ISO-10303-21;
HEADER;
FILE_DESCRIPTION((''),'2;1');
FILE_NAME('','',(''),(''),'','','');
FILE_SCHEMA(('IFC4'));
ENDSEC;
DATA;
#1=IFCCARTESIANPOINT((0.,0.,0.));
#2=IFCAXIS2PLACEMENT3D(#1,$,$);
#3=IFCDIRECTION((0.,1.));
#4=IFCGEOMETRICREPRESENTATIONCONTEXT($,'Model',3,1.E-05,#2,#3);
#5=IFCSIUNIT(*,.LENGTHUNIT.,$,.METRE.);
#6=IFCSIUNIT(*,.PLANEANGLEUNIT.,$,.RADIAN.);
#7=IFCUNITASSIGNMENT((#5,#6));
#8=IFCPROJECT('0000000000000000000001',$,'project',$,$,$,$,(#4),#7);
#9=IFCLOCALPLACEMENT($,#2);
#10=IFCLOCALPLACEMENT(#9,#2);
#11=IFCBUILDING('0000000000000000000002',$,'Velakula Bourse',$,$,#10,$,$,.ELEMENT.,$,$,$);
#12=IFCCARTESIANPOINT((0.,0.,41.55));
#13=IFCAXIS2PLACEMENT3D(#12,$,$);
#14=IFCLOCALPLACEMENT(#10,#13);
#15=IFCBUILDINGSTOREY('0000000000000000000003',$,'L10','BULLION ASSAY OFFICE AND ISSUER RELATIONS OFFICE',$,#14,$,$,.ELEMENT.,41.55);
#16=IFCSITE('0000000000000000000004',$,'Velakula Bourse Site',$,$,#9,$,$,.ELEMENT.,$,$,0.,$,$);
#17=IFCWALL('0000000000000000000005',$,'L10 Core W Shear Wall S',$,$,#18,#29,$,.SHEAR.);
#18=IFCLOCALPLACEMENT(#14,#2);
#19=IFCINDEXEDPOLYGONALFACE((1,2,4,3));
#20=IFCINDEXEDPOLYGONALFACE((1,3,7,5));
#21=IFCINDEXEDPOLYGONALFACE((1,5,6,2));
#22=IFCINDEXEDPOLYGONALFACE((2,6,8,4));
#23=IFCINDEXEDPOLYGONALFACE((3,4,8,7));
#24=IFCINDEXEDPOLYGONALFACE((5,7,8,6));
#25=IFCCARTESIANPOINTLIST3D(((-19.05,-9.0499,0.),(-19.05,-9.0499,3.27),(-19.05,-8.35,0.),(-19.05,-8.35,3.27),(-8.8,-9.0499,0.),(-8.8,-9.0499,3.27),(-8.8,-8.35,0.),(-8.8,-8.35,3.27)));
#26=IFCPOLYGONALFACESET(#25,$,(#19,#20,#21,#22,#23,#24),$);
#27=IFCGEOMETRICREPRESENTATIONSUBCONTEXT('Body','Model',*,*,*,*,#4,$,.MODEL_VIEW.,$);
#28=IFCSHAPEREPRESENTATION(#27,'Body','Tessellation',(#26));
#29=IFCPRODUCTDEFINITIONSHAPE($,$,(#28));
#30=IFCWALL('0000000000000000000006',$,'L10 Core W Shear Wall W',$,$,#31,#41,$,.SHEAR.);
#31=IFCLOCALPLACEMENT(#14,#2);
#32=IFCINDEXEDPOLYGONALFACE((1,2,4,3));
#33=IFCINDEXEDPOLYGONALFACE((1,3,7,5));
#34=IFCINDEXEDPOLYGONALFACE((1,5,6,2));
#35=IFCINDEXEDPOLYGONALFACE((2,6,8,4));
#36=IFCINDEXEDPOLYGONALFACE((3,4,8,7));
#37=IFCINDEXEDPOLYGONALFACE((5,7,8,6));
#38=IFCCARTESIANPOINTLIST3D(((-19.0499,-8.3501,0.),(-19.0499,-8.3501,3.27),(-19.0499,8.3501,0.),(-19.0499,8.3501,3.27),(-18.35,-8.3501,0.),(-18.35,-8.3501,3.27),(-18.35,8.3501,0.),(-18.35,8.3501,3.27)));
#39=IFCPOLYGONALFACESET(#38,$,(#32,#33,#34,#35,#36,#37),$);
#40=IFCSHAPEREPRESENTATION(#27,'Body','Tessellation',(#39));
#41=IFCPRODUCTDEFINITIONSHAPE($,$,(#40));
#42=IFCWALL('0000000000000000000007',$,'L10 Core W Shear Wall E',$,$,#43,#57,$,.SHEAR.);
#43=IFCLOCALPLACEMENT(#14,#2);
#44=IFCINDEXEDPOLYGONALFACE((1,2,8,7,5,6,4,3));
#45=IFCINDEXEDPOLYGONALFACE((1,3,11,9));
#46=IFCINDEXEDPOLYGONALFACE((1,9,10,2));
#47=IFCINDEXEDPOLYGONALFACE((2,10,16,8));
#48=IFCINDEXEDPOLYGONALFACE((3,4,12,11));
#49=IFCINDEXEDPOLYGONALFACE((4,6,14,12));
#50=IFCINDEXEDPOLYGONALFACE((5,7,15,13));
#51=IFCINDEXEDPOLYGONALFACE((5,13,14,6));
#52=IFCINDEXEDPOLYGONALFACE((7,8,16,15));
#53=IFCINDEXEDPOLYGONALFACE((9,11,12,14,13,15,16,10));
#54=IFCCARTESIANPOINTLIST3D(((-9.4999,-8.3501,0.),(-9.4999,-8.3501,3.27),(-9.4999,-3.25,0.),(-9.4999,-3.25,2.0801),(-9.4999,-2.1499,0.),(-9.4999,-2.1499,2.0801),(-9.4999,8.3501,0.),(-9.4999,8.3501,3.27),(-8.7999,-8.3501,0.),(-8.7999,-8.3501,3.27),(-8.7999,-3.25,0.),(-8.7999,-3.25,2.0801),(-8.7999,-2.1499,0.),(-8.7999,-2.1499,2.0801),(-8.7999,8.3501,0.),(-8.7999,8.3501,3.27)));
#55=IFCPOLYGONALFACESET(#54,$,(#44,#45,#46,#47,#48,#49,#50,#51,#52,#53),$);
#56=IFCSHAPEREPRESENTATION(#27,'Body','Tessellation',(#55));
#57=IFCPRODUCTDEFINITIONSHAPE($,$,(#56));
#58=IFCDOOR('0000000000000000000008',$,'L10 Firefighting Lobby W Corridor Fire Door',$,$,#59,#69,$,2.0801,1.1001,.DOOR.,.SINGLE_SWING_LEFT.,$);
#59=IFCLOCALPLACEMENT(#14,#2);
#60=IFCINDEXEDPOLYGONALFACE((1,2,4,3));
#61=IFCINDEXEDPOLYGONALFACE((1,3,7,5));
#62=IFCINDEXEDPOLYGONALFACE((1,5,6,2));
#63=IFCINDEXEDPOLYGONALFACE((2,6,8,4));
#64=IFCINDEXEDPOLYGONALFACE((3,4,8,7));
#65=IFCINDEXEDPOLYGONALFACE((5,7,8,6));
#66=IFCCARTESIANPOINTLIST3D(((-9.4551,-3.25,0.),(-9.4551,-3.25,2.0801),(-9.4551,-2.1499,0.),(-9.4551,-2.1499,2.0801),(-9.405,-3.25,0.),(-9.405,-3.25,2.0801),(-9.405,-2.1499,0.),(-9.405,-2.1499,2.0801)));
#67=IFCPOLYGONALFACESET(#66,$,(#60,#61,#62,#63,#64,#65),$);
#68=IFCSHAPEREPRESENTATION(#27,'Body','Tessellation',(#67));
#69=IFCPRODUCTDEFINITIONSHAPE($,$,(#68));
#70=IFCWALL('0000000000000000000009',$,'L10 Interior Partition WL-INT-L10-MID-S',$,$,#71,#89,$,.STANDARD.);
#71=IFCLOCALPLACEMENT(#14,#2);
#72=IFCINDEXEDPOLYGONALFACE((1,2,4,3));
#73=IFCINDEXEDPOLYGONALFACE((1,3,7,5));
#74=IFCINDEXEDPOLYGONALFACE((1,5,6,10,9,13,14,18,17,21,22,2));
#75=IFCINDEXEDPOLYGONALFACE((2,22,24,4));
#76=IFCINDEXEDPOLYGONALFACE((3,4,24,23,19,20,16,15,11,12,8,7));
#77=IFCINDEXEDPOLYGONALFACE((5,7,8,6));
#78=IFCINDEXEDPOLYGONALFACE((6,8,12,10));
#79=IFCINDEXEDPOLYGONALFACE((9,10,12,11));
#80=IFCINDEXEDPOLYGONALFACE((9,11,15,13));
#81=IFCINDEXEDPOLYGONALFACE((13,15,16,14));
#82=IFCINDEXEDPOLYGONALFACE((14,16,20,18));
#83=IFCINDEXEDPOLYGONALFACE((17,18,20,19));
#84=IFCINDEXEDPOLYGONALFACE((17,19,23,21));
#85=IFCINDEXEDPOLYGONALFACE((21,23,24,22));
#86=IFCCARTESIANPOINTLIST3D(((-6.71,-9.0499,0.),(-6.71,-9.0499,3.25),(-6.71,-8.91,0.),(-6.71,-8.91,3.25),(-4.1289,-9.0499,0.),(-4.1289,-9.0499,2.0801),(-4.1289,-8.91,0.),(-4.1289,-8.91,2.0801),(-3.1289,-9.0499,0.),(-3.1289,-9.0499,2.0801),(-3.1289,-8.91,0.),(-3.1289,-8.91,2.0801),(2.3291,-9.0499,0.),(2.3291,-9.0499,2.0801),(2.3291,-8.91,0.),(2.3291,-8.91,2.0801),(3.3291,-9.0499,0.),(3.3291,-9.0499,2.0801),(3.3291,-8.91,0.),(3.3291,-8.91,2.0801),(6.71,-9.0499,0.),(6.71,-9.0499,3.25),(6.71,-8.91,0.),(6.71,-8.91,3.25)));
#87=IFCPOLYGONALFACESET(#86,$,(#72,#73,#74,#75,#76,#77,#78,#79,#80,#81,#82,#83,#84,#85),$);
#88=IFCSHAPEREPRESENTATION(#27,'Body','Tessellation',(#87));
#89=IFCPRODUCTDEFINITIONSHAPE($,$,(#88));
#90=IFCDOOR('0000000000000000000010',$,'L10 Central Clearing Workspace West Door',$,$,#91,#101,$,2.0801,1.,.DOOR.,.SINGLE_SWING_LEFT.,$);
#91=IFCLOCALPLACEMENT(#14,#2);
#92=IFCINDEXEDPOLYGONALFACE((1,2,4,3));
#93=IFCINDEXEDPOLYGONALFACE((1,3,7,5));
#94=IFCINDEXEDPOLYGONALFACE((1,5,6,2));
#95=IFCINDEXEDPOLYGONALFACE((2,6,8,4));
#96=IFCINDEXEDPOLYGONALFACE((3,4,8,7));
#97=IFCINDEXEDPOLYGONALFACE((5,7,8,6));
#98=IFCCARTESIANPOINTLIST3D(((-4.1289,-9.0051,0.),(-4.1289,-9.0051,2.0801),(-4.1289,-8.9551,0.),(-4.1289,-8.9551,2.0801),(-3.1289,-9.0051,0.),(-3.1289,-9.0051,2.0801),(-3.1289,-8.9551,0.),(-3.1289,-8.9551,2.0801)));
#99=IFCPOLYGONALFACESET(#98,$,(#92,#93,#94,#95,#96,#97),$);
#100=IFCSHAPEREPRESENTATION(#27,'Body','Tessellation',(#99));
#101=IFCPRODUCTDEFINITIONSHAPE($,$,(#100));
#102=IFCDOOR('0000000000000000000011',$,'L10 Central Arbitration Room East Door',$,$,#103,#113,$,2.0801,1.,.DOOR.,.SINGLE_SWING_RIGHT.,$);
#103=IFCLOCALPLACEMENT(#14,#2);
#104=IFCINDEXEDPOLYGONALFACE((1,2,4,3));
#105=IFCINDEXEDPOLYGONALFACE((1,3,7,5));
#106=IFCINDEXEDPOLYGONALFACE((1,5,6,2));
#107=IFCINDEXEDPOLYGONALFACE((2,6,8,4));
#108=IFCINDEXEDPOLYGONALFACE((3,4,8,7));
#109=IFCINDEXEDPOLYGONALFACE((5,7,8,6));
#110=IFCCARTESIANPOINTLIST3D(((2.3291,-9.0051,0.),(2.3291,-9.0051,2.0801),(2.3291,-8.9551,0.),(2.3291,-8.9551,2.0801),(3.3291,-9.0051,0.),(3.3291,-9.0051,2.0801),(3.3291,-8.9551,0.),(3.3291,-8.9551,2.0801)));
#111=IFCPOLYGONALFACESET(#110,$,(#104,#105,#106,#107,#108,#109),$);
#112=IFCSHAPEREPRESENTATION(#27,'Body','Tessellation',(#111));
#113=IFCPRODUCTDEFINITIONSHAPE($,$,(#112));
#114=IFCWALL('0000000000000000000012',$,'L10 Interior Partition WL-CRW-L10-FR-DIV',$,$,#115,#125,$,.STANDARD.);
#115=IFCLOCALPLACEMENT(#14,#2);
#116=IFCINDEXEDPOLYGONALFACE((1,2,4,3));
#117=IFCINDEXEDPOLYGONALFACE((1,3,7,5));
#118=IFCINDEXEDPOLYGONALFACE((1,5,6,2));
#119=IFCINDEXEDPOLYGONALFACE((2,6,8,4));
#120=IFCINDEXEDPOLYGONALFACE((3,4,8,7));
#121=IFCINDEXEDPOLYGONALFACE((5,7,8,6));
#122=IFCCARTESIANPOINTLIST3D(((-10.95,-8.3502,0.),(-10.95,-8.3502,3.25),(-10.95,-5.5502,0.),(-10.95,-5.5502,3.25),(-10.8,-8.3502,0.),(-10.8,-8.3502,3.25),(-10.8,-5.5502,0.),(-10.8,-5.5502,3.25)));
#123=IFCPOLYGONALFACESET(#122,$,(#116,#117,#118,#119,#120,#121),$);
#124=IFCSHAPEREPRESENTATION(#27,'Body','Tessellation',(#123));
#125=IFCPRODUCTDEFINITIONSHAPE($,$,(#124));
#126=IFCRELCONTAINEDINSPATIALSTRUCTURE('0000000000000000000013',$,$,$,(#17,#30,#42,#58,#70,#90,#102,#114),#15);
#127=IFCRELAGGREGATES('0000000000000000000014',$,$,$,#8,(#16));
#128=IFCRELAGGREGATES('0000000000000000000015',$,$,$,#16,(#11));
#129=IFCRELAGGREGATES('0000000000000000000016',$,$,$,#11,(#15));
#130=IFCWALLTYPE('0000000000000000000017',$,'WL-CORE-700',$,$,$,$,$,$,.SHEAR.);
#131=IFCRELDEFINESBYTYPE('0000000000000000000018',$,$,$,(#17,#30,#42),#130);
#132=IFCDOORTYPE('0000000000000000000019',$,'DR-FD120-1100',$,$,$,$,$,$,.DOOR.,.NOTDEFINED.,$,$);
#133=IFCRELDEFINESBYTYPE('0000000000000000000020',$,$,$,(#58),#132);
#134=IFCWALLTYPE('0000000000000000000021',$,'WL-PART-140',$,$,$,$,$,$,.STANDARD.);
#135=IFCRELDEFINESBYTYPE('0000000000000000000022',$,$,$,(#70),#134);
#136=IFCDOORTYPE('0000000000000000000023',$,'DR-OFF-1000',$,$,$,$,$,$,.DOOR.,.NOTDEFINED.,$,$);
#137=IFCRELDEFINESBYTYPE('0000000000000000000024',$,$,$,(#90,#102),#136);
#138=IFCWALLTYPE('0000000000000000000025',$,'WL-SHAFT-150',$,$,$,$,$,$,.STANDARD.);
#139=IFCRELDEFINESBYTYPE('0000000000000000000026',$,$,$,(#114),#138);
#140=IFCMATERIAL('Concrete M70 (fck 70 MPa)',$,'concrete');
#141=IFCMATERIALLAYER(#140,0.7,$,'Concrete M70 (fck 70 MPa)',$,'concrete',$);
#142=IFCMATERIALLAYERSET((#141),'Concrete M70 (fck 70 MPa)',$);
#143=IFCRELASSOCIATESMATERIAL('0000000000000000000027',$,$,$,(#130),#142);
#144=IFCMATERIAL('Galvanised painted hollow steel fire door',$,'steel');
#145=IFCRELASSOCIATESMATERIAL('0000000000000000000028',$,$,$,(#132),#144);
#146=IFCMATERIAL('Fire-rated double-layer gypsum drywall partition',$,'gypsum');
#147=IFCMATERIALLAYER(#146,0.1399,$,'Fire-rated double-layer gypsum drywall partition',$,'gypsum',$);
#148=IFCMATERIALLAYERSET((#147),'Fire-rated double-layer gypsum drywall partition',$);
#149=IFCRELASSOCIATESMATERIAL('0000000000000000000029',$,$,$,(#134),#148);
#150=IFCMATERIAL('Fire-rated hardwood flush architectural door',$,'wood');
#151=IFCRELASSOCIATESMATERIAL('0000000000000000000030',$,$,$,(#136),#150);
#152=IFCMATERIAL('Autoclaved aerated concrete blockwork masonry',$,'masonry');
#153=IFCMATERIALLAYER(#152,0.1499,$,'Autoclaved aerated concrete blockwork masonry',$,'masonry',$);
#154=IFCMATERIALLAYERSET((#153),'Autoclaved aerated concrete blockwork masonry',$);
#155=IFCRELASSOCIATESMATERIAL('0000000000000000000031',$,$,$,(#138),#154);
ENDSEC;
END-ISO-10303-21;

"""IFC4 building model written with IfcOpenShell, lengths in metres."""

from ifc_helpers import new_model, si_unit, direction, frame, frame_2d, origin, place, context, subcontext, project, spatial, rectangle, extrude, material, layer, layer_set, type_object, element, fill, save


model = new_model("IFC4")

# Units and contexts
model_context = context("Model", 3, precision=1e-05, world=origin(), true_north=direction((0.0, 1.0)))
body_context = subcontext(model_context, "Body", "Model", "MODEL_VIEW")
ifc_project = project(units=[si_unit("LENGTHUNIT", "METRE"), si_unit("PLANEANGLEUNIT", "RADIAN")], contexts=[model_context])

# Site, building, storey
site_placement = place(None, origin())
site = spatial("IfcSite", under=ifc_project, at=site_placement, Name="Velakula Bourse Site", CompositionType="ELEMENT", RefElevation=0.0)
building_placement = place(site_placement, origin())
building = spatial("IfcBuilding", under=site, at=building_placement, Name="Velakula Bourse", CompositionType="ELEMENT")
storey_placement = place(building_placement, frame((0.0, 0.0, 41.55)))
storey = spatial("IfcBuildingStorey", under=building, at=storey_placement, Name="L10", Description="BULLION ASSAY OFFICE AND ISSUER RELATIONS OFFICE", CompositionType="ELEMENT", Elevation=41.55)

# Shared definitions
ifc_material_1 = material(Name="Concrete M70 (fck 70 MPa)", Category="concrete")

# Shared definitions
ifc_material_2 = material(Name="Galvanised painted hollow steel fire door", Category="steel")

# Walls
ifc_layer_1 = layer(ifc_material_1, 0.7, Name="Concrete M70 (fck 70 MPa)", Category="concrete")
ifc_layer_set_1 = layer_set([ifc_layer_1], Name="Concrete M70 (fck 70 MPa)")
wall_type_1 = type_object("IfcWallType", Name="WL-CORE-700", PredefinedType="SHEAR", material=ifc_layer_set_1)
wall_1_placement = place(storey_placement, frame((-19.05, -8.7, 0.0), z_axis=(0.0, 0.0, 1.0), x_axis=(1.0, 0.0, 0.0)))
element("IfcWall", 1, at=wall_1_placement, inside=storey, type_object=wall_type_1, Name="L10 Core W Shear Wall S", PredefinedType="SHEAR", context=body_context, shape_type="SweptSolid", body=[
    extrude(rectangle(XDim=10.25, YDim=0.7, at=frame_2d((5.125, 0.0))), origin(), (0.0, 0.0, 1.0), 3.27),
])
wall_2_placement = place(storey_placement, frame((-18.7, -8.3501, 0.0), z_axis=(0.0, 0.0, 1.0), x_axis=(0.0, 1.0, 0.0)))
element("IfcWall", 2, at=wall_2_placement, inside=storey, type_object=wall_type_1, Name="L10 Core W Shear Wall W", PredefinedType="SHEAR", context=body_context, shape_type="SweptSolid", body=[
    extrude(rectangle(XDim=16.7002, YDim=0.7, at=frame_2d((8.3501, 0.0))), origin(), (0.0, 0.0, 1.0), 3.27),
])

# Wall, opening, door
wall_3_placement = place(storey_placement, frame((-9.1499, -8.3501, 0.0), z_axis=(0.0, 0.0, 1.0), x_axis=(0.0, 1.0, 0.0)))
wall_3 = element("IfcWall", 3, at=wall_3_placement, inside=storey, type_object=wall_type_1, Name="L10 Core W Shear Wall E", PredefinedType="SHEAR", context=body_context, shape_type="SweptSolid", body=[
    extrude(rectangle(XDim=16.7002, YDim=0.7, at=frame_2d((8.3501, 0.0))), origin(), (0.0, 0.0, 1.0), 3.27),
])
opening_1_placement = place(wall_3_placement, frame((5.1001, 0.0, 0.0)))
opening_1 = element("IfcOpeningElement", 4, at=opening_1_placement, cuts=wall_3, PredefinedType="OPENING", context=body_context, shape_type="SweptSolid", body=[
    extrude(rectangle(XDim=1.1001, YDim=2.0801, at=frame_2d((0.55, 1.04))), frame((0.0, 0.3599, 0.0), z_axis=(0.0, -1.0, 0.0), x_axis=(1.0, 0.0, 0.0)), (0.0, 0.0, 1.0), 0.72),
])
door_type_1 = type_object("IfcDoorType", Name="DR-FD120-1100", OperationType="NOTDEFINED", PredefinedType="DOOR", material=ifc_material_2)
door_1_placement = place(opening_1_placement, origin())
door_1 = element("IfcDoor", 5, at=door_1_placement, inside=storey, type_object=door_type_1, Name="L10 Firefighting Lobby W Corridor Fire Door", OperationType="SINGLE_SWING_LEFT", OverallHeight=2.0801, OverallWidth=1.1001, PredefinedType="DOOR", context=body_context, shape_type="SweptSolid", body=[
    extrude(rectangle(XDim=1.1001, YDim=2.0801, at=frame_2d((0.55, 1.04))), frame((0.0, 0.3052, 0.0), z_axis=(0.0, -1.0, 0.0), x_axis=(1.0, 0.0, 0.0)), (0.0, 0.0, 1.0), 0.05),
])
fill(opening_1, door_1)

# Wall, openings, doors
ifc_material_3 = material(Name="Fire-rated double-layer gypsum drywall partition", Category="gypsum")
ifc_layer_2 = layer(ifc_material_3, 0.1399, Name="Fire-rated double-layer gypsum drywall partition", Category="gypsum")
ifc_layer_set_2 = layer_set([ifc_layer_2], Name="Fire-rated double-layer gypsum drywall partition")
wall_type_2 = type_object("IfcWallType", Name="WL-PART-140", PredefinedType="STANDARD", material=ifc_layer_set_2)
wall_4_placement = place(storey_placement, frame((-6.71, -8.98, 0.0), z_axis=(0.0, 0.0, 1.0), x_axis=(1.0, 0.0, 0.0)))
wall_4 = element("IfcWall", 6, at=wall_4_placement, inside=storey, type_object=wall_type_2, Name="L10 Interior Partition WL-INT-L10-MID-S", PredefinedType="STANDARD", context=body_context, shape_type="SweptSolid", body=[
    extrude(rectangle(XDim=13.4199, YDim=0.1399, at=frame_2d((6.71, 0.0))), origin(), (0.0, 0.0, 1.0), 3.25),
])
opening_2_placement = place(wall_4_placement, frame((2.5811, 0.0, 0.0)))
opening_2 = element("IfcOpeningElement", 7, at=opening_2_placement, cuts=wall_4, PredefinedType="OPENING", context=body_context, shape_type="SweptSolid", body=[
    extrude(rectangle(XDim=1.0, YDim=2.0801, at=frame_2d((0.5, 1.04))), frame((0.0, 0.0798, 0.0), z_axis=(0.0, -1.0, 0.0), x_axis=(1.0, 0.0, 0.0)), (0.0, 0.0, 1.0), 0.1599),
])
opening_3_placement = place(wall_4_placement, frame((9.0391, 0.0, 0.0)))
opening_3 = element("IfcOpeningElement", 8, at=opening_3_placement, cuts=wall_4, PredefinedType="OPENING", context=body_context, shape_type="SweptSolid", body=[
    extrude(rectangle(XDim=1.0, YDim=2.0801, at=frame_2d((0.5, 1.04))), frame((0.0, 0.0798, 0.0), z_axis=(0.0, -1.0, 0.0), x_axis=(1.0, 0.0, 0.0)), (0.0, 0.0, 1.0), 0.1599),
])
ifc_material_4 = material(Name="Fire-rated hardwood flush architectural door", Category="wood")
door_type_2 = type_object("IfcDoorType", Name="DR-OFF-1000", OperationType="NOTDEFINED", PredefinedType="DOOR", material=ifc_material_4)
door_2_placement = place(opening_2_placement, origin())
door_2 = element("IfcDoor", 9, at=door_2_placement, inside=storey, type_object=door_type_2, Name="L10 Central Clearing Workspace West Door", OperationType="SINGLE_SWING_LEFT", OverallHeight=2.0801, OverallWidth=1.0, PredefinedType="DOOR", context=body_context, shape_type="SweptSolid", body=[
    extrude(rectangle(XDim=1.0, YDim=2.0801, at=frame_2d((0.5, 1.04))), frame((0.0, 0.0249, 0.0), z_axis=(0.0, -1.0, 0.0), x_axis=(1.0, 0.0, 0.0)), (0.0, 0.0, 1.0), 0.05),
])
fill(opening_2, door_2)
door_3_placement = place(opening_3_placement, origin())
door_3 = element("IfcDoor", 10, at=door_3_placement, inside=storey, type_object=door_type_2, Name="L10 Central Arbitration Room East Door", OperationType="SINGLE_SWING_RIGHT", OverallHeight=2.0801, OverallWidth=1.0, PredefinedType="DOOR", context=body_context, shape_type="SweptSolid", body=[
    extrude(rectangle(XDim=1.0, YDim=2.0801, at=frame_2d((0.5, 1.04))), frame((0.0, 0.0249, 0.0), z_axis=(0.0, -1.0, 0.0), x_axis=(1.0, 0.0, 0.0)), (0.0, 0.0, 1.0), 0.05),
])
fill(opening_3, door_3)
ifc_material_5 = material(Name="Autoclaved aerated concrete blockwork masonry", Category="masonry")
ifc_layer_3 = layer(ifc_material_5, 0.1499, Name="Autoclaved aerated concrete blockwork masonry", Category="masonry")
ifc_layer_set_3 = layer_set([ifc_layer_3], Name="Autoclaved aerated concrete blockwork masonry")
wall_type_3 = type_object("IfcWallType", Name="WL-SHAFT-150", PredefinedType="STANDARD", material=ifc_layer_set_3)

# Wall
wall_5_placement = place(storey_placement, frame((-10.875, -8.3501, 0.0), z_axis=(0.0, 0.0, 1.0), x_axis=(0.0, 1.0, 0.0)))
element("IfcWall", 11, at=wall_5_placement, inside=storey, type_object=wall_type_3, Name="L10 Interior Partition WL-CRW-L10-FR-DIV", PredefinedType="STANDARD", context=body_context, shape_type="SweptSolid", body=[
    extrude(rectangle(XDim=2.8, YDim=0.1499, at=frame_2d((1.3999, 0.0))), origin(), (0.0, 0.0, 1.0), 3.25),
])

save(model, "model.ifc")
